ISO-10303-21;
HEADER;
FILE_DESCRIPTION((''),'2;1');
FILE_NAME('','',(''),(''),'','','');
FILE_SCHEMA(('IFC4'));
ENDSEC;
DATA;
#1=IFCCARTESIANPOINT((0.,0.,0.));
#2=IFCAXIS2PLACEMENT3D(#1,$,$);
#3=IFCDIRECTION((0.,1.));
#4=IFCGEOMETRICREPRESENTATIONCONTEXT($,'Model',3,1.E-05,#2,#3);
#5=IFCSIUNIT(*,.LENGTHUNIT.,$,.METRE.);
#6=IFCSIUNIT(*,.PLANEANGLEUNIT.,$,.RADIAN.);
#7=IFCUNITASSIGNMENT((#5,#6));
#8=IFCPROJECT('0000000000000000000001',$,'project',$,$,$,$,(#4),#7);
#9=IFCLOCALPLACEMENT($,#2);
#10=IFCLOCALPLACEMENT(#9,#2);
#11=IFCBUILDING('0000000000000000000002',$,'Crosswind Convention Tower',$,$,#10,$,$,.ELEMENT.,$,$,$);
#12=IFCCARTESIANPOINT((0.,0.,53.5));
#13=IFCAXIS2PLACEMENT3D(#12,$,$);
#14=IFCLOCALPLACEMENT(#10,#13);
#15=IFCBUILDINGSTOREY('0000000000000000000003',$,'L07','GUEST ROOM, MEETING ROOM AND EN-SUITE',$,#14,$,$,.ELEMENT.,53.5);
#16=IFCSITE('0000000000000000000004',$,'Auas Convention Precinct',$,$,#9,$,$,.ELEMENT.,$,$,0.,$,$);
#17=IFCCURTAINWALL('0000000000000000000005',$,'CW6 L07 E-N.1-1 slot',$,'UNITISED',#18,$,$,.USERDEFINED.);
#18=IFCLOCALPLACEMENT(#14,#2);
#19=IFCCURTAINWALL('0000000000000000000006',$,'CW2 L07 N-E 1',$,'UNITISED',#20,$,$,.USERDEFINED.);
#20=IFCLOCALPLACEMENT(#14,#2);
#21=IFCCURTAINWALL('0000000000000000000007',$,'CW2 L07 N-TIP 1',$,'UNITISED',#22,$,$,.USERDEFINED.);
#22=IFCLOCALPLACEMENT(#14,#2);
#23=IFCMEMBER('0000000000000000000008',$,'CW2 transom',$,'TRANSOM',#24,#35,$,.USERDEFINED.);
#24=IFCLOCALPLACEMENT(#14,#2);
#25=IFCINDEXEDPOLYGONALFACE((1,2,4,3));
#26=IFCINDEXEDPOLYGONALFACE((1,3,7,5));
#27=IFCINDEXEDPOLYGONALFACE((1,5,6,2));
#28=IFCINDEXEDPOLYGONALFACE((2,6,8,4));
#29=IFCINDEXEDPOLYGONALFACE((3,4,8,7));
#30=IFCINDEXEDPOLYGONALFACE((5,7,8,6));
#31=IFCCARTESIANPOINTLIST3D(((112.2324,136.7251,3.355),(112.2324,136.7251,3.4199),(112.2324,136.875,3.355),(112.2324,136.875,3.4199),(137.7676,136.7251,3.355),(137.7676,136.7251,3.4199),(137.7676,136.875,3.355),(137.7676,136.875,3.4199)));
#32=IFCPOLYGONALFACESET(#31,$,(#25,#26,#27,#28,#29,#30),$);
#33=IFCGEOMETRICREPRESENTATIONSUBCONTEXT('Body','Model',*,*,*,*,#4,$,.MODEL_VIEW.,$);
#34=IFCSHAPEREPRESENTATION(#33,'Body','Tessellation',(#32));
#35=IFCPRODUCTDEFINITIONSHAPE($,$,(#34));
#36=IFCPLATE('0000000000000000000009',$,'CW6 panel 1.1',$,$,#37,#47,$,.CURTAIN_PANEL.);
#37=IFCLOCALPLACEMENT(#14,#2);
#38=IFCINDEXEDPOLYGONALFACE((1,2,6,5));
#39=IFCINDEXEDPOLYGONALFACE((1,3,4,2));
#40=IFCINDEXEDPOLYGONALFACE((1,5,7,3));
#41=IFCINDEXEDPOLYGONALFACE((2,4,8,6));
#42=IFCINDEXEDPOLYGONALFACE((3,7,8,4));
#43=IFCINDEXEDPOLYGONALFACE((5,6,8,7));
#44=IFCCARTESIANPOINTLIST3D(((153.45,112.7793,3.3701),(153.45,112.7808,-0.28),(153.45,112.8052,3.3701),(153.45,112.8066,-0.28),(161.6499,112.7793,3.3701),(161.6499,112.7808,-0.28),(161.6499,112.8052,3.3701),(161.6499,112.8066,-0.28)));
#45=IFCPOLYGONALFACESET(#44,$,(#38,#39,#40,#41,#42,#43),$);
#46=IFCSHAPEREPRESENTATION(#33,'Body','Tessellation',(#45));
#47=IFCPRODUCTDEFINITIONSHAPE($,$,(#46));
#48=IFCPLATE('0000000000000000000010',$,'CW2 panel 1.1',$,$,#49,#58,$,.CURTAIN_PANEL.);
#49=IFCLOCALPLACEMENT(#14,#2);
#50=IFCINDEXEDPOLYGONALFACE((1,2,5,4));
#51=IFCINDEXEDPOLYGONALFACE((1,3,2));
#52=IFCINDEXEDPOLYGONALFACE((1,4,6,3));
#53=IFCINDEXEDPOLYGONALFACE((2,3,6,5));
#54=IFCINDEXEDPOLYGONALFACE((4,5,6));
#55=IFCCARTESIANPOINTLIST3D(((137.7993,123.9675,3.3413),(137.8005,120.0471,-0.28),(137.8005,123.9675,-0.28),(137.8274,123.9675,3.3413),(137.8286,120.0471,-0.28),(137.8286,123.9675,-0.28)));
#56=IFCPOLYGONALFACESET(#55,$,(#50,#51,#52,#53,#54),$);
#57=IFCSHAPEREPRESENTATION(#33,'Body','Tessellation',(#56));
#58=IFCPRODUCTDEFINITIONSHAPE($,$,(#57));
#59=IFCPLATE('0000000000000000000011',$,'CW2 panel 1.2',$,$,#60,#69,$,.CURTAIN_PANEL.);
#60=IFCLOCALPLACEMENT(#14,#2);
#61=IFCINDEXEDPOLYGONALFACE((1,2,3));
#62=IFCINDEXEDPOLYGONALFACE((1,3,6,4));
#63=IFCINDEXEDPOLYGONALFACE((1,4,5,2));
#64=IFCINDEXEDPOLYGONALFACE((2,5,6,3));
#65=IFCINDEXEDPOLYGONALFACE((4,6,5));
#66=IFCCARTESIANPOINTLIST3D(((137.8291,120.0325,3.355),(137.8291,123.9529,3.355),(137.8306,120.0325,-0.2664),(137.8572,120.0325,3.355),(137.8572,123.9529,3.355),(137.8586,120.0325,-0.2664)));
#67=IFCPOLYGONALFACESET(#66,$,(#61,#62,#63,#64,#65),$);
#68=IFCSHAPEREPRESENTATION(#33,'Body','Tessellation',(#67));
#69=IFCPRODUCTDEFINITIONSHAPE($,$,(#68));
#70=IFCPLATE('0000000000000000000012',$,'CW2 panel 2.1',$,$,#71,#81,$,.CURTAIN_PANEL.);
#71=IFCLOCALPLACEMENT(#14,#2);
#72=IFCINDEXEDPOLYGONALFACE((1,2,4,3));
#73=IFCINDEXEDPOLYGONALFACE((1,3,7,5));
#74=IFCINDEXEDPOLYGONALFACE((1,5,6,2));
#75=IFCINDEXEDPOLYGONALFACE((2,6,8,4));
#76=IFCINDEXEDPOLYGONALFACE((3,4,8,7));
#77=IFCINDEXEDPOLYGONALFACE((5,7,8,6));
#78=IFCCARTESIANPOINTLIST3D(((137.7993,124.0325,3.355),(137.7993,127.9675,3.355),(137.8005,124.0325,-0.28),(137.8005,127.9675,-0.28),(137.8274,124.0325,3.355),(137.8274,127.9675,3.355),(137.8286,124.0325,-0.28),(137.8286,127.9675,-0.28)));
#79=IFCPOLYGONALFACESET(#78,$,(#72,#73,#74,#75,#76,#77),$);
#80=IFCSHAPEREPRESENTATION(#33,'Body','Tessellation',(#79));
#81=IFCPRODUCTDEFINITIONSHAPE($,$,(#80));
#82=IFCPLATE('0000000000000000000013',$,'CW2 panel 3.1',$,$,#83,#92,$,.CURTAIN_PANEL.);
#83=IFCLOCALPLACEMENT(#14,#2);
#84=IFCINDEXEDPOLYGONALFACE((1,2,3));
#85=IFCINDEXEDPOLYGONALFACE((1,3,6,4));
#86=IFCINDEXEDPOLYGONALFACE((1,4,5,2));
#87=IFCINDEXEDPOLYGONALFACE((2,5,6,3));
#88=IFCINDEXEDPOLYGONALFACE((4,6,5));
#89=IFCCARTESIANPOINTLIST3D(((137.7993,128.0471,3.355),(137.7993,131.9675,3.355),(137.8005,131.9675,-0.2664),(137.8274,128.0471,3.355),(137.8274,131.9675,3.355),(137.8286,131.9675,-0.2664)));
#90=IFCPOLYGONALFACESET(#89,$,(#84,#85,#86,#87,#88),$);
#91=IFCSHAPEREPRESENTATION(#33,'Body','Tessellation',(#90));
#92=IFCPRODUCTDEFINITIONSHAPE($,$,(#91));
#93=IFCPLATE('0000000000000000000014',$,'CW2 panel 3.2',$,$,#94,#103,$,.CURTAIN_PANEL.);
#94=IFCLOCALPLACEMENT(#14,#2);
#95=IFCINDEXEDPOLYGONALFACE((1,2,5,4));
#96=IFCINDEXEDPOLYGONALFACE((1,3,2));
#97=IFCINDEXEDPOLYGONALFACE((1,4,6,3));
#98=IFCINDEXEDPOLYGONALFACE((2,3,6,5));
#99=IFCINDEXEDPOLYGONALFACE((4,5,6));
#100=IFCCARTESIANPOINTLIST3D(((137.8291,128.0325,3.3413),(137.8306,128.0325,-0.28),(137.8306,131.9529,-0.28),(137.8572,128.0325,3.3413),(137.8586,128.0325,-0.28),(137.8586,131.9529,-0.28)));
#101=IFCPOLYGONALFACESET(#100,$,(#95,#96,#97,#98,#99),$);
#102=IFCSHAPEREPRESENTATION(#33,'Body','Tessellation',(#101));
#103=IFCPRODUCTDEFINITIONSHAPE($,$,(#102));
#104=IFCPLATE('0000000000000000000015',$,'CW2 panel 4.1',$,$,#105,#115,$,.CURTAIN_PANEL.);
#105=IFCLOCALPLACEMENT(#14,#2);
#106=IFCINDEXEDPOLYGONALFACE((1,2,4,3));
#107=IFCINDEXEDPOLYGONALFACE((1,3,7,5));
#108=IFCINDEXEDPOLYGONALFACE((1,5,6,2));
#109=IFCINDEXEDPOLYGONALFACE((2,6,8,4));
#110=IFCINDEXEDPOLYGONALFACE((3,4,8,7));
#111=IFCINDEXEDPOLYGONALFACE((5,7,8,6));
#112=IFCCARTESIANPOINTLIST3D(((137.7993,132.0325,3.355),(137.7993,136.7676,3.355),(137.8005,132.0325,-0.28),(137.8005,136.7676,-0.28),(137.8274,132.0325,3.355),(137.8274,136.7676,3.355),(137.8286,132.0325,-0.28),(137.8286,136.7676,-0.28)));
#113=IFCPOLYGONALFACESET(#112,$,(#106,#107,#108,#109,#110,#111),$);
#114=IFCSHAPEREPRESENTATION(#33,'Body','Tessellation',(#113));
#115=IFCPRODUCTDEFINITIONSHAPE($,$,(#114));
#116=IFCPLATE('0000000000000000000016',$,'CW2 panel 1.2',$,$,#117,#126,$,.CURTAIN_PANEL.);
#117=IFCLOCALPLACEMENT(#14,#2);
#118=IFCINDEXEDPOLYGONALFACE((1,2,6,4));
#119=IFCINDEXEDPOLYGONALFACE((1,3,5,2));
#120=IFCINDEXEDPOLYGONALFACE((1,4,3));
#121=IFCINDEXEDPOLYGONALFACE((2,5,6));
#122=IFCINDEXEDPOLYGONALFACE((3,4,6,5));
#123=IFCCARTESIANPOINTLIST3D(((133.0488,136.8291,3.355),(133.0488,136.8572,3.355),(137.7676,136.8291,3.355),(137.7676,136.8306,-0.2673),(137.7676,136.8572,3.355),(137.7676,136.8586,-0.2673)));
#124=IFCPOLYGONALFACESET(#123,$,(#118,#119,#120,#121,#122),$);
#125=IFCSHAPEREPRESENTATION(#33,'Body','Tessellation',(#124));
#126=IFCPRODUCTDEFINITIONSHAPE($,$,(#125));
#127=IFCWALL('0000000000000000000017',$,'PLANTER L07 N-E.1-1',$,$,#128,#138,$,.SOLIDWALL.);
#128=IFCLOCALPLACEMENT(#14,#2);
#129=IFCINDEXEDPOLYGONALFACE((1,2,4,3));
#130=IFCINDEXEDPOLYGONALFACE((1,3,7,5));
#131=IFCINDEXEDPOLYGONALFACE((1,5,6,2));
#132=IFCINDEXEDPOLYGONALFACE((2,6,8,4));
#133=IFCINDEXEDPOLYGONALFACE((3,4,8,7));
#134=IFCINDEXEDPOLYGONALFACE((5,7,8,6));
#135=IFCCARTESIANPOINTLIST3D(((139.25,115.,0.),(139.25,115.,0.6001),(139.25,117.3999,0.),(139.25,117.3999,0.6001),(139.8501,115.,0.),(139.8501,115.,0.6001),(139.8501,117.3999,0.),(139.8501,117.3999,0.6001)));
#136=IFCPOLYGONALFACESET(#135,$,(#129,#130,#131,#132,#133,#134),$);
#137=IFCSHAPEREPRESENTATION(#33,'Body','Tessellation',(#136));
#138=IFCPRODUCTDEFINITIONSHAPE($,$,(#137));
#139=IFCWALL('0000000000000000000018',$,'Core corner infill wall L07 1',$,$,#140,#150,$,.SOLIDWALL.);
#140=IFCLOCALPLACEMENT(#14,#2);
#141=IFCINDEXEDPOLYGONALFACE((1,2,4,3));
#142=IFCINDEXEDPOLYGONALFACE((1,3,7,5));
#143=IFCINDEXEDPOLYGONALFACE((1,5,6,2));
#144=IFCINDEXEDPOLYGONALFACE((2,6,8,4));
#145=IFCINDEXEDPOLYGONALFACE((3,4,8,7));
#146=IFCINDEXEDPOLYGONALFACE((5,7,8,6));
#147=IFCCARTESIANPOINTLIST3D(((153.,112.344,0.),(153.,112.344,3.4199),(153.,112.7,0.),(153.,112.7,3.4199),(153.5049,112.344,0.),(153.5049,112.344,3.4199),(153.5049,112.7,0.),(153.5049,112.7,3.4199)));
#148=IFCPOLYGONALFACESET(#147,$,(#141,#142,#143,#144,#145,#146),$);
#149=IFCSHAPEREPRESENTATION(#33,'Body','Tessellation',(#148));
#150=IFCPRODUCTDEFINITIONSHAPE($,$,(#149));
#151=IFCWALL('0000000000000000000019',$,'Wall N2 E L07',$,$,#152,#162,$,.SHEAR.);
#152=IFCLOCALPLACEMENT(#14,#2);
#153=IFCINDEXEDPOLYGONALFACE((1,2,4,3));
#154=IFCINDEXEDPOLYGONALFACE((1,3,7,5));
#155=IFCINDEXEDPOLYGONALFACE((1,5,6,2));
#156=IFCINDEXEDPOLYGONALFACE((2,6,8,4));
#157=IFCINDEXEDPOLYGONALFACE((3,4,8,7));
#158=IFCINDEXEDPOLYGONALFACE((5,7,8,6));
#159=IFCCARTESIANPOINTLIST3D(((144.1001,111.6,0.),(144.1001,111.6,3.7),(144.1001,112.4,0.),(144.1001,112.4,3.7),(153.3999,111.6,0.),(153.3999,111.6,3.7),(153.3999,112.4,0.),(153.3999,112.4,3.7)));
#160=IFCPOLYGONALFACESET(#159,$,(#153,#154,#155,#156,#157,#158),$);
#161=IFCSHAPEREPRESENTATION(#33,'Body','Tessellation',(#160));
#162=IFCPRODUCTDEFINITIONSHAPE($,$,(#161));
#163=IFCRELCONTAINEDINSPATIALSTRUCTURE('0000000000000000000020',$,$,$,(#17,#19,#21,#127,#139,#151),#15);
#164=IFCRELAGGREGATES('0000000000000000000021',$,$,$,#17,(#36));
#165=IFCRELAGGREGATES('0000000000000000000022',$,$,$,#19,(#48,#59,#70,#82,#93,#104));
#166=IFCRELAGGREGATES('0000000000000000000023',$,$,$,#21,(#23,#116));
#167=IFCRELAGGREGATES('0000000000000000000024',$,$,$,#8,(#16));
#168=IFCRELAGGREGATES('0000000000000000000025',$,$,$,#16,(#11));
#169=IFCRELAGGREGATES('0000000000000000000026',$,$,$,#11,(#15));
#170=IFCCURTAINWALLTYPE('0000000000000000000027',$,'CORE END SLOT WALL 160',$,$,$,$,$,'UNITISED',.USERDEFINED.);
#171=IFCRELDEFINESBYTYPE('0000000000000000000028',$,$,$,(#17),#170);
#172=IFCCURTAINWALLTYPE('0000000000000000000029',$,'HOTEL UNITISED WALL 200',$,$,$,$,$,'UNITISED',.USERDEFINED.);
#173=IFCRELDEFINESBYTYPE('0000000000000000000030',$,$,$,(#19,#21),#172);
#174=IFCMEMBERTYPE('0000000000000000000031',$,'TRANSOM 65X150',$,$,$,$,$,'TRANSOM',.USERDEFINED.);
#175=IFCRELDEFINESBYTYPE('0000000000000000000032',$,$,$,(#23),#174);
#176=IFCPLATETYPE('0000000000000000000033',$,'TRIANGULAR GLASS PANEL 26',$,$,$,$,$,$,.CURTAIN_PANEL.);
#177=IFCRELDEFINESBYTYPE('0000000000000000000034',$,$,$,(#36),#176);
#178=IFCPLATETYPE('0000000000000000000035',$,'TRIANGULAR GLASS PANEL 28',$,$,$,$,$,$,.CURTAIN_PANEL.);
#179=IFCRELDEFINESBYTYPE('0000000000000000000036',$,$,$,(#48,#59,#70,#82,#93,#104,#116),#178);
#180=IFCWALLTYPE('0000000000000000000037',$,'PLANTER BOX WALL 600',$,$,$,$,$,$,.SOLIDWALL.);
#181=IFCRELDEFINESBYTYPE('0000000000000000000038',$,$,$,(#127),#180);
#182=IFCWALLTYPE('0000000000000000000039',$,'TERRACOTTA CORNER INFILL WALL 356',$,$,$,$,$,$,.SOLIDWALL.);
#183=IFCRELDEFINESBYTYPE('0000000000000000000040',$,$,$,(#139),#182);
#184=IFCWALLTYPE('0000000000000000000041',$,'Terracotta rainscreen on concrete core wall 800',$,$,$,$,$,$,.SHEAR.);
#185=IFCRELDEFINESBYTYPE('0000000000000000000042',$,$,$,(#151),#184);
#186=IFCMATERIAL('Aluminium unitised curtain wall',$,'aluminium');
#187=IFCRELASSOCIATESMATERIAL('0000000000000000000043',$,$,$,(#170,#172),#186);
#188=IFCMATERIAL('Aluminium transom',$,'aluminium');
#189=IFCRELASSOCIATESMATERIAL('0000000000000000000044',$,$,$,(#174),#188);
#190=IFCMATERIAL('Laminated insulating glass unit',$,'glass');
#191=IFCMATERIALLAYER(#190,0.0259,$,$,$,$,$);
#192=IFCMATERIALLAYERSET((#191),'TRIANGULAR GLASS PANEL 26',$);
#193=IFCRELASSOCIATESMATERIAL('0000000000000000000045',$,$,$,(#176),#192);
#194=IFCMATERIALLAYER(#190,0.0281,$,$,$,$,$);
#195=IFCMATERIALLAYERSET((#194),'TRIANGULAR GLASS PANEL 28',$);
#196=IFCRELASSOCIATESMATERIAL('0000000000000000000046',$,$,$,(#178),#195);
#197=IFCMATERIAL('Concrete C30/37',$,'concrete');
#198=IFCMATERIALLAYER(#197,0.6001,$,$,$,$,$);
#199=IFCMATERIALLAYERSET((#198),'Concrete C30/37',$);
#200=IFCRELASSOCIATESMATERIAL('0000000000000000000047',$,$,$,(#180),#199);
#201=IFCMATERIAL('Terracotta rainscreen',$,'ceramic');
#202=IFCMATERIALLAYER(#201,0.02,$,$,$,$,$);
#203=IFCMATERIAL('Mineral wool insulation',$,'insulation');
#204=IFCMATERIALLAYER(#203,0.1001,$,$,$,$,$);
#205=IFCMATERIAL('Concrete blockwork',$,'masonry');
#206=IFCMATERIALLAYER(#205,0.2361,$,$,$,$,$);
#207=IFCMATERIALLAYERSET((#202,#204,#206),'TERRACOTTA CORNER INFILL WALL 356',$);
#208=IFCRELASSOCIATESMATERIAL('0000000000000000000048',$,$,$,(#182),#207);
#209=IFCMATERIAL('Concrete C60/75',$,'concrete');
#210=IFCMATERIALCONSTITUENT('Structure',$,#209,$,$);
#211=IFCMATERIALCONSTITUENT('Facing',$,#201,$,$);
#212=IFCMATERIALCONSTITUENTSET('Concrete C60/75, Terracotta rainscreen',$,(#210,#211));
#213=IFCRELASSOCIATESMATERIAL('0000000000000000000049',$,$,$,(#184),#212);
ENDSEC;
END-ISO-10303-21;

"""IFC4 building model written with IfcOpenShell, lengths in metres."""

from ifc_helpers import new_model, si_unit, direction, frame, frame_2d, origin, origin_2d, place, context, subcontext, project, spatial, polyline, rectangle, outline, extrude, material, layer, layer_set, constituent, constituent_set, material_profile, profile_set, type_object, element, aggregate, save


model = new_model("IFC4")

# Units and contexts
model_context = context("Model", 3, precision=1e-05, world=origin(), true_north=direction((0.0, 1.0)))
body_context = subcontext(model_context, "Body", "Model", "MODEL_VIEW")
ifc_project = project(units=[si_unit("LENGTHUNIT", "METRE"), si_unit("PLANEANGLEUNIT", "RADIAN")], contexts=[model_context])

# Site, building, storey
site_placement = place(None, origin())
site = spatial("IfcSite", under=ifc_project, at=site_placement, Name="Auas Convention Precinct", CompositionType="ELEMENT", RefElevation=0.0)
building_placement = place(site_placement, origin())
building = spatial("IfcBuilding", under=site, at=building_placement, Name="Crosswind Convention Tower", CompositionType="ELEMENT")
storey_placement = place(building_placement, frame((0.0, 0.0, 53.5)))
storey = spatial("IfcBuildingStorey", under=building, at=storey_placement, Name="L07", Description="GUEST ROOM, MEETING ROOM AND EN-SUITE", CompositionType="ELEMENT", Elevation=53.5)

# Shared definitions
ifc_material_1 = material(Name="Concrete C60/75", Category="concrete")

# Curtain wall
ifc_material_2 = material(Name="Aluminium unitised curtain wall", Category="aluminium")
curtain_wall_type_1 = type_object("IfcCurtainWallType", Name="CORE END SLOT WALL 160", ElementType="UNITISED", PredefinedType="USERDEFINED", material=ifc_material_2)
curtain_wall_1_placement = place(storey_placement, origin())
curtain_wall_1 = element("IfcCurtainWall", 1, at=curtain_wall_1_placement, inside=storey, type_object=curtain_wall_type_1, Name="CW6 L07 E-N.1-1 slot", ObjectType="UNITISED", PredefinedType="USERDEFINED")

# Shared definitions
curtain_wall_type_2 = type_object("IfcCurtainWallType", Name="HOTEL UNITISED WALL 200", ElementType="UNITISED", PredefinedType="USERDEFINED", material=ifc_material_2)

# Curtain wall
curtain_wall_2_placement = place(storey_placement, origin())
curtain_wall_2 = element("IfcCurtainWall", 2, at=curtain_wall_2_placement, inside=storey, type_object=curtain_wall_type_2, Name="CW2 L07 N-E 1", ObjectType="UNITISED", PredefinedType="USERDEFINED")

# Shared definitions
ifc_material_3 = material(Name="Aluminium transom", Category="aluminium")
ifc_material_profile_1 = material_profile(ifc_material_3, rectangle(XDim=0.1499, YDim=0.0649, at=origin_2d()), Name="AL 150X65")
ifc_profile_set_1 = profile_set([ifc_material_profile_1], Name="Aluminium transom")
member_type_1 = type_object("IfcMemberType", Name="TRANSOM 65X150", ElementType="TRANSOM", PredefinedType="USERDEFINED", material=ifc_profile_set_1)

# Curtain wall, member
curtain_wall_3_placement = place(storey_placement, origin())
curtain_wall_3 = element("IfcCurtainWall", 3, at=curtain_wall_3_placement, inside=storey, type_object=curtain_wall_type_2, Name="CW2 L07 N-TIP 1", ObjectType="UNITISED", PredefinedType="USERDEFINED")
member_1_placement = place(storey_placement, frame((137.7676, 136.8, 3.3875), z_axis=(-1.0, 0.0, 0.0), x_axis=(0.0, -1.0, 0.0)))
member_1 = element("IfcMember", 4, at=member_1_placement, type_object=member_type_1, Name="CW2 transom", ObjectType="TRANSOM", PredefinedType="USERDEFINED", context=body_context, shape_type="SweptSolid", body=[
    extrude(rectangle(XDim=0.1499, YDim=0.0649, at=origin_2d()), origin(), (0.0, 0.0, 1.0), 25.5352),
])

# Plates
ifc_material_4 = material(Name="Laminated insulating glass unit", Category="glass")
ifc_layer_1 = layer(ifc_material_4, 0.0259)
ifc_layer_set_1 = layer_set([ifc_layer_1], Name="TRIANGULAR GLASS PANEL 26")
plate_type_1 = type_object("IfcPlateType", Name="TRIANGULAR GLASS PANEL 26", PredefinedType="CURTAIN_PANEL", material=ifc_layer_set_1)
plate_1_placement = place(storey_placement, frame((161.6499, 112.8066, -0.28), z_axis=(0.0, 1.0, 0.000401), x_axis=(-1.0, 0.0, 0.0)))
plate_1 = element("IfcPlate", 5, at=plate_1_placement, type_object=plate_type_1, Name="CW6 panel 1.1", PredefinedType="CURTAIN_PANEL", context=body_context, shape_type="SweptSolid", body=[
    extrude(outline(polyline([(0.0, 0.0), (8.2, 0.0), (8.2, 3.6501), (0.0, 3.6501), (0.0, 0.0)])), origin(), (0.0, 0.0, -1.0), 0.0259),
])
aggregate(curtain_wall_1, [plate_1])
ifc_layer_2 = layer(ifc_material_4, 0.0281)
ifc_layer_set_2 = layer_set([ifc_layer_2], Name="TRIANGULAR GLASS PANEL 28")
plate_type_2 = type_object("IfcPlateType", Name="TRIANGULAR GLASS PANEL 28", PredefinedType="CURTAIN_PANEL", material=ifc_layer_set_2)
plate_2_placement = place(storey_placement, frame((137.8286, 123.9675, -0.28), z_axis=(1.0, 0.0, 0.000337), x_axis=(-0.000337, 0.0, 1.0)))
plate_2 = element("IfcPlate", 6, at=plate_2_placement, type_object=plate_type_2, Name="CW2 panel 1.1", PredefinedType="CURTAIN_PANEL", context=body_context, shape_type="SweptSolid", body=[
    extrude(outline(polyline([(0.0, 0.0), (3.6213, 0.0), (0.0, 3.9204), (0.0, 0.0)])), origin(), (0.0, 0.0, -1.0), 0.0281),
])
plate_3_placement = place(storey_placement, frame((137.8572, 120.0325, 3.355), z_axis=(1.0, 0.0, 0.000405), x_axis=(0.000405, 0.0, -1.0)))
plate_3 = element("IfcPlate", 7, at=plate_3_placement, type_object=plate_type_2, Name="CW2 panel 1.2", PredefinedType="CURTAIN_PANEL", context=body_context, shape_type="SweptSolid", body=[
    extrude(outline(polyline([(0.0, 0.0), (3.6213, 0.0), (0.0, 3.9204), (0.0, 0.0)])), origin(), (0.0, 0.0, -1.0), 0.0281),
])
plate_4_placement = place(storey_placement, frame((137.8286, 124.0325, -0.28), z_axis=(1.0, 0.0, 0.000336), x_axis=(0.0, 1.0, 0.0)))
plate_4 = element("IfcPlate", 8, at=plate_4_placement, type_object=plate_type_2, Name="CW2 panel 2.1", PredefinedType="CURTAIN_PANEL", context=body_context, shape_type="SweptSolid", body=[
    extrude(outline(polyline([(0.0, 0.0), (3.9351, 0.0), (3.9351, 3.635), (0.0, 3.635), (0.0, 0.0)])), origin(), (0.0, 0.0, -1.0), 0.0281),
])
plate_5_placement = place(storey_placement, frame((137.8274, 131.9675, 3.355), z_axis=(1.0, 0.0, 0.000337), x_axis=(0.0, -1.0, 0.0)))
plate_5 = element("IfcPlate", 9, at=plate_5_placement, type_object=plate_type_2, Name="CW2 panel 3.1", PredefinedType="CURTAIN_PANEL", context=body_context, shape_type="SweptSolid", body=[
    extrude(outline(polyline([(0.0, 0.0), (3.9204, 0.0), (0.0, 3.6213), (0.0, 0.0)])), origin(), (0.0, 0.0, -1.0), 0.0281),
])
plate_6_placement = place(storey_placement, frame((137.8586, 128.0325, -0.28), z_axis=(1.0, 0.0, 0.000405), x_axis=(0.0, 1.0, 0.0)))
plate_6 = element("IfcPlate", 10, at=plate_6_placement, type_object=plate_type_2, Name="CW2 panel 3.2", PredefinedType="CURTAIN_PANEL", context=body_context, shape_type="SweptSolid", body=[
    extrude(outline(polyline([(0.0, 0.0), (3.9204, 0.0), (0.0, 3.6213), (0.0, 0.0)])), origin(), (0.0, 0.0, -1.0), 0.0281),
])
plate_7_placement = place(storey_placement, frame((137.8286, 132.0325, -0.28), z_axis=(1.0, 0.0, 0.000336), x_axis=(0.0, 1.0, 0.0)))
plate_7 = element("IfcPlate", 11, at=plate_7_placement, type_object=plate_type_2, Name="CW2 panel 4.1", PredefinedType="CURTAIN_PANEL", context=body_context, shape_type="SweptSolid", body=[
    extrude(outline(polyline([(0.0, 0.0), (4.7351, 0.0), (4.7351, 3.635), (0.0, 3.635), (0.0, 0.0)])), origin(), (0.0, 0.0, -1.0), 0.0281),
])
plate_8_placement = place(storey_placement, frame((137.7676, 136.8572, 3.355), z_axis=(0.0, 1.0, 0.000404), x_axis=(0.0, 0.000404, -1.0)))
plate_8 = element("IfcPlate", 12, at=plate_8_placement, type_object=plate_type_2, Name="CW2 panel 1.2", PredefinedType="CURTAIN_PANEL", context=body_context, shape_type="SweptSolid", body=[
    extrude(outline(polyline([(0.0, 0.0), (3.6223, 0.0), (0.0, 4.7188), (0.0, 0.0)])), origin(), (0.0, 0.0, -1.0), 0.0281),
])

# Walls
ifc_material_5 = material(Name="Concrete C30/37", Category="concrete")
ifc_layer_3 = layer(ifc_material_5, 0.6001)
ifc_layer_set_3 = layer_set([ifc_layer_3], Name="Concrete C30/37")
wall_type_1 = type_object("IfcWallType", Name="PLANTER BOX WALL 600", PredefinedType="SOLIDWALL", material=ifc_layer_set_3)
wall_1_placement = place(storey_placement, frame((139.55, 115.0, 0.0), z_axis=(0.0, 0.0, 1.0), x_axis=(0.0, 1.0, 0.0)))
element("IfcWall", 13, at=wall_1_placement, inside=storey, type_object=wall_type_1, Name="PLANTER L07 N-E.1-1", PredefinedType="SOLIDWALL", context=body_context, shape_type="SweptSolid", body=[
    extrude(rectangle(XDim=2.3999, YDim=0.6001, at=frame_2d((1.2, 0.0))), origin(), (0.0, 0.0, 1.0), 0.6001),
])
ifc_material_6 = material(Name="Terracotta rainscreen", Category="ceramic")
ifc_layer_4 = layer(ifc_material_6, 0.02)
ifc_material_7 = material(Name="Mineral wool insulation", Category="insulation")
ifc_layer_5 = layer(ifc_material_7, 0.1001)
ifc_material_8 = material(Name="Concrete blockwork", Category="masonry")
ifc_layer_6 = layer(ifc_material_8, 0.2361)
ifc_layer_set_4 = layer_set([ifc_layer_4, ifc_layer_5, ifc_layer_6], Name="TERRACOTTA CORNER INFILL WALL 356")
wall_type_2 = type_object("IfcWallType", Name="TERRACOTTA CORNER INFILL WALL 356", PredefinedType="SOLIDWALL", material=ifc_layer_set_4)
wall_2_placement = place(storey_placement, frame((153.0, 112.522, 0.0), z_axis=(0.0, 0.0, 1.0), x_axis=(1.0, 0.0, 0.0)))
element("IfcWall", 14, at=wall_2_placement, inside=storey, type_object=wall_type_2, Name="Core corner infill wall L07 1", PredefinedType="SOLIDWALL", context=body_context, shape_type="SweptSolid", body=[
    extrude(rectangle(XDim=0.5049, YDim=0.356, at=frame_2d((0.2524, 0.0))), origin(), (0.0, 0.0, 1.0), 3.4199),
])

# Wall
ifc_constituent_1 = constituent(ifc_material_1, Name="Structure")
ifc_constituent_2 = constituent(ifc_material_6, Name="Facing")
ifc_constituent_set = constituent_set(constituents=[ifc_constituent_1, ifc_constituent_2], Name="Concrete C60/75, Terracotta rainscreen")
wall_type_3 = type_object("IfcWallType", Name="Terracotta rainscreen on concrete core wall 800", PredefinedType="SHEAR", material=ifc_constituent_set)
wall_3_placement = place(storey_placement, frame((144.1001, 112.0, 0.0), z_axis=(0.0, 0.0, 1.0), x_axis=(1.0, 0.0, 0.0)))
element("IfcWall", 15, at=wall_3_placement, inside=storey, type_object=wall_type_3, Name="Wall N2 E L07", PredefinedType="SHEAR", context=body_context, shape_type="SweptSolid", body=[
    extrude(rectangle(XDim=9.2998, YDim=0.8, at=frame_2d((4.6499, 0.0))), origin(), (0.0, 0.0, 1.0), 3.7),
])

aggregate(curtain_wall_2, [plate_2, plate_3, plate_4, plate_5, plate_6, plate_7])
aggregate(curtain_wall_3, [member_1, plate_8])

save(model, "model.ifc")
